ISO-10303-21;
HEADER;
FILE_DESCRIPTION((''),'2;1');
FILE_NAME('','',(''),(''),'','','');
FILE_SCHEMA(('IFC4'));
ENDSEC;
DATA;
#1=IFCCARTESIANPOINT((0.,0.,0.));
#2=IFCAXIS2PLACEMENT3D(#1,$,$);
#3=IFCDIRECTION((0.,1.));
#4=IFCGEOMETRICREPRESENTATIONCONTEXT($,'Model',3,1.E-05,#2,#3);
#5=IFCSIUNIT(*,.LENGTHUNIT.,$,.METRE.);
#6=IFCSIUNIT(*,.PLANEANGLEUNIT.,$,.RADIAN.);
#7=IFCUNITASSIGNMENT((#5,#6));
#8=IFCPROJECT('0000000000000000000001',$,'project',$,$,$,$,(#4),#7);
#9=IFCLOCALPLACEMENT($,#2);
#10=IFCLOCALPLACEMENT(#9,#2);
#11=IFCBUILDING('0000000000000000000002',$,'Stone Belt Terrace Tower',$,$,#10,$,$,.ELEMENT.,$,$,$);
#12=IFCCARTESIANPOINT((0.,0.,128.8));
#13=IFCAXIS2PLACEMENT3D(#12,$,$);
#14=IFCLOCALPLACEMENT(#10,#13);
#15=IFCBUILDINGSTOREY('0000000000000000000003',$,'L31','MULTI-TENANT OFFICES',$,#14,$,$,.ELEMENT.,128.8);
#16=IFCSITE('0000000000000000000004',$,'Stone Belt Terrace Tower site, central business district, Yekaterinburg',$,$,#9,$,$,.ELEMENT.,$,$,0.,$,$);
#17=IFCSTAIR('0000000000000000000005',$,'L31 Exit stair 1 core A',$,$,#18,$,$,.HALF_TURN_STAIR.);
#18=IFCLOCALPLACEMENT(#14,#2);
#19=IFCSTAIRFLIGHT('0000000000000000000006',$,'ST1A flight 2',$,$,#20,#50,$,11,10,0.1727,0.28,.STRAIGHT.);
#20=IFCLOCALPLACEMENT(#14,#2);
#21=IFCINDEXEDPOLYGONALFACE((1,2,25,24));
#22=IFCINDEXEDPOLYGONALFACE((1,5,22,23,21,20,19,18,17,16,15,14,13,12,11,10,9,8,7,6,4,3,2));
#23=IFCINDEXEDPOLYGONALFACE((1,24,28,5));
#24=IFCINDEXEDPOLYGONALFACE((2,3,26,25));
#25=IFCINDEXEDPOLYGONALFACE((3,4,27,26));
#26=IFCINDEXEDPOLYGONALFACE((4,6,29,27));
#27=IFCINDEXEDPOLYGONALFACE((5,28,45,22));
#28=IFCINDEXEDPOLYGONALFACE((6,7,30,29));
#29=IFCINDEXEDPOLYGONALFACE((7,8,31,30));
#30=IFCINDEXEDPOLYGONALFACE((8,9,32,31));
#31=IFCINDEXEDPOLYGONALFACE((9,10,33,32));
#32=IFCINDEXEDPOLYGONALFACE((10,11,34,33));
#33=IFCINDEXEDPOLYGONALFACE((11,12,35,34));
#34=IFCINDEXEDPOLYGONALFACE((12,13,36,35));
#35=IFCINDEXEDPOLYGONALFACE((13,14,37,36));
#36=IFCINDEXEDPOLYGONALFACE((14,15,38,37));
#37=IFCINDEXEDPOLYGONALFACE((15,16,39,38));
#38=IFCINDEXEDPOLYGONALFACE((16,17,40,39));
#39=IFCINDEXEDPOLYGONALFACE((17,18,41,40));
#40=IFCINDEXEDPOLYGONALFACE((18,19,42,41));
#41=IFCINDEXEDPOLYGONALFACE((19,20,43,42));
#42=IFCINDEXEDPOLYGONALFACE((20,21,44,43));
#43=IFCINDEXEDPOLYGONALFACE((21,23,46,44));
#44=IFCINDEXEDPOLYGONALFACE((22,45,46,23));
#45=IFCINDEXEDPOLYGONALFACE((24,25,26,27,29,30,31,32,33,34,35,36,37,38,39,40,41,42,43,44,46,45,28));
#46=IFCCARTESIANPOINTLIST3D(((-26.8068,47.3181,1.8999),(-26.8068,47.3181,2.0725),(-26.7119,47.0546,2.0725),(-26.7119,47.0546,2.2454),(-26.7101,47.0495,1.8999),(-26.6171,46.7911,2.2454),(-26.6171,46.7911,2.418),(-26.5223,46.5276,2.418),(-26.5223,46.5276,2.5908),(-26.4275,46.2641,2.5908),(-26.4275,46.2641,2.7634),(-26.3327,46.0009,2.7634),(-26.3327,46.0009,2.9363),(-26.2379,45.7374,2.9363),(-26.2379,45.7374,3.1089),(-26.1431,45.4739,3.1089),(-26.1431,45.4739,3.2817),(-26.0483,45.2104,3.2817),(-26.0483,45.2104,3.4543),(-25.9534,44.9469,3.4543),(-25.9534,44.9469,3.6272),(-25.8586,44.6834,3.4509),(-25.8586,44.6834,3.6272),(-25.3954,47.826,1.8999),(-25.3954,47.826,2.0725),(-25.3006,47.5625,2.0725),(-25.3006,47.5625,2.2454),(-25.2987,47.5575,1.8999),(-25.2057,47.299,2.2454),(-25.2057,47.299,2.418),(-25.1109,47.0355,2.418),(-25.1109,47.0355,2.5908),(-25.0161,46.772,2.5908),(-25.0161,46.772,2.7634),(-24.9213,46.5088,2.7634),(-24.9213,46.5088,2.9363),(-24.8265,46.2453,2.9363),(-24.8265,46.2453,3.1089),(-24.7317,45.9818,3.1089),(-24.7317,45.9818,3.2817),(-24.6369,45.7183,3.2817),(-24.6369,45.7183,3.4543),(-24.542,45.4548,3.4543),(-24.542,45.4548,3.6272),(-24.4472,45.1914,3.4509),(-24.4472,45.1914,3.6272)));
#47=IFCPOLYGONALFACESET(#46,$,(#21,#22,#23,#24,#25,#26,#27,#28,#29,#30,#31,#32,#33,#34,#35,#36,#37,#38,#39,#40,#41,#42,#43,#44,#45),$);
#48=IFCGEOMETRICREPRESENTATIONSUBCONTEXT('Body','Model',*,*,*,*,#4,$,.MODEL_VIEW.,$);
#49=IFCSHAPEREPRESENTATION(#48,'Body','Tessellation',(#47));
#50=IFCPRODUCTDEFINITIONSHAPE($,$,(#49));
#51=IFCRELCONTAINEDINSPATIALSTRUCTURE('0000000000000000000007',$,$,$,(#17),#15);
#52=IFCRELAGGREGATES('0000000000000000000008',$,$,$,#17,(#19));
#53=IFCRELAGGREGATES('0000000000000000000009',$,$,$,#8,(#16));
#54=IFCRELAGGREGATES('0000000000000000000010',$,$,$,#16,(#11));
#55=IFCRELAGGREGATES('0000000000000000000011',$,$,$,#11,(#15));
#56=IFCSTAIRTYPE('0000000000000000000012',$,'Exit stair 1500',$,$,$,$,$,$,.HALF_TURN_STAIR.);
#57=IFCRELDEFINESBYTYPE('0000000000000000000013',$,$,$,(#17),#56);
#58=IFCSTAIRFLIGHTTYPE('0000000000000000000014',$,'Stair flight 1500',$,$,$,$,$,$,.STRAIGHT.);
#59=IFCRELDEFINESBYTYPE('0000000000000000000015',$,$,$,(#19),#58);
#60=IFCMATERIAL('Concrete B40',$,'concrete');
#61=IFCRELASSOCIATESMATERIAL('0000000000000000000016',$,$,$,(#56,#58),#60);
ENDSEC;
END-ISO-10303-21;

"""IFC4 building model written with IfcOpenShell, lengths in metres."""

from ifc_helpers import new_model, si_unit, direction, frame, origin, place, context, subcontext, project, spatial, polyline, outline, extrude, material, type_object, element, aggregate, save


model = new_model("IFC4")

# Units and contexts
model_context = context("Model", 3, precision=1e-05, world=origin(), true_north=direction((0.0, 1.0)))
body_context = subcontext(model_context, "Body", "Model", "MODEL_VIEW")
ifc_project = project(units=[si_unit("LENGTHUNIT", "METRE"), si_unit("PLANEANGLEUNIT", "RADIAN")], contexts=[model_context])

# Site, building, storey
site_placement = place(None, origin())
site = spatial("IfcSite", under=ifc_project, at=site_placement, Name="Stone Belt Terrace Tower site, central business district, Yekaterinburg", CompositionType="ELEMENT", RefElevation=0.0)
building_placement = place(site_placement, origin())
building = spatial("IfcBuilding", under=site, at=building_placement, Name="Stone Belt Terrace Tower", CompositionType="ELEMENT")
storey_placement = place(building_placement, frame((0.0, 0.0, 128.8)))
storey = spatial("IfcBuildingStorey", under=building, at=storey_placement, Name="L31", Description="MULTI-TENANT OFFICES", CompositionType="ELEMENT", Elevation=128.8)

# Stair, stair flight
ifc_material_1 = material(Name="Concrete B40", Category="concrete")
stair_type = type_object("IfcStairType", Name="Exit stair 1500", PredefinedType="HALF_TURN_STAIR", material=ifc_material_1)
stair_placement = place(storey_placement, origin())
stair = element("IfcStair", 1, at=stair_placement, inside=storey, type_object=stair_type, Name="L31 Exit stair 1 core A", PredefinedType="HALF_TURN_STAIR")
stair_flight_type = type_object("IfcStairFlightType", Name="Stair flight 1500", PredefinedType="STRAIGHT", material=ifc_material_1)
stair_flight_placement = place(storey_placement, frame((-26.1011, 47.572, 1.8999), z_axis=(0.0, 0.0, 1.0), x_axis=(0.338624, -0.940922, 0.0)))
stair_flight = element("IfcStairFlight", 2, at=stair_flight_placement, type_object=stair_flight_type, Name="ST1A flight 2", NumberOfRisers=11, NumberOfTreads=10, PredefinedType="STRAIGHT", RiserHeight=0.1727, TreadLength=0.28, context=body_context, shape_type="SweptSolid", body=[
    extrude(outline(polyline([(0.0, 0.0), (0.0, 0.1726), (0.28, 0.1726), (0.28, 0.3455), (0.5601, 0.3455), (0.5601, 0.5181), (0.8401, 0.5181), (0.8401, 0.6909), (1.1201, 0.6909), (1.1201, 0.8635), (1.3999, 0.8635), (1.3999, 1.0364), (1.6799, 1.0364), (1.6799, 1.209), (1.96, 1.209), (1.96, 1.3818), (2.24, 1.3818), (2.24, 1.5544), (2.52, 1.5544), (2.52, 1.7273), (2.8, 1.7273), (2.8, 1.8999), (2.8, 1.551), (0.2854, 0.0), (0.0, 0.0)])), frame((0.0, 0.75, 0.0), z_axis=(0.0, -1.0, 0.0), x_axis=(1.0, 0.0, 0.0)), (0.0, 0.0, 1.0), 1.5),
])
aggregate(stair, [stair_flight])

save(model, "model.ifc")
